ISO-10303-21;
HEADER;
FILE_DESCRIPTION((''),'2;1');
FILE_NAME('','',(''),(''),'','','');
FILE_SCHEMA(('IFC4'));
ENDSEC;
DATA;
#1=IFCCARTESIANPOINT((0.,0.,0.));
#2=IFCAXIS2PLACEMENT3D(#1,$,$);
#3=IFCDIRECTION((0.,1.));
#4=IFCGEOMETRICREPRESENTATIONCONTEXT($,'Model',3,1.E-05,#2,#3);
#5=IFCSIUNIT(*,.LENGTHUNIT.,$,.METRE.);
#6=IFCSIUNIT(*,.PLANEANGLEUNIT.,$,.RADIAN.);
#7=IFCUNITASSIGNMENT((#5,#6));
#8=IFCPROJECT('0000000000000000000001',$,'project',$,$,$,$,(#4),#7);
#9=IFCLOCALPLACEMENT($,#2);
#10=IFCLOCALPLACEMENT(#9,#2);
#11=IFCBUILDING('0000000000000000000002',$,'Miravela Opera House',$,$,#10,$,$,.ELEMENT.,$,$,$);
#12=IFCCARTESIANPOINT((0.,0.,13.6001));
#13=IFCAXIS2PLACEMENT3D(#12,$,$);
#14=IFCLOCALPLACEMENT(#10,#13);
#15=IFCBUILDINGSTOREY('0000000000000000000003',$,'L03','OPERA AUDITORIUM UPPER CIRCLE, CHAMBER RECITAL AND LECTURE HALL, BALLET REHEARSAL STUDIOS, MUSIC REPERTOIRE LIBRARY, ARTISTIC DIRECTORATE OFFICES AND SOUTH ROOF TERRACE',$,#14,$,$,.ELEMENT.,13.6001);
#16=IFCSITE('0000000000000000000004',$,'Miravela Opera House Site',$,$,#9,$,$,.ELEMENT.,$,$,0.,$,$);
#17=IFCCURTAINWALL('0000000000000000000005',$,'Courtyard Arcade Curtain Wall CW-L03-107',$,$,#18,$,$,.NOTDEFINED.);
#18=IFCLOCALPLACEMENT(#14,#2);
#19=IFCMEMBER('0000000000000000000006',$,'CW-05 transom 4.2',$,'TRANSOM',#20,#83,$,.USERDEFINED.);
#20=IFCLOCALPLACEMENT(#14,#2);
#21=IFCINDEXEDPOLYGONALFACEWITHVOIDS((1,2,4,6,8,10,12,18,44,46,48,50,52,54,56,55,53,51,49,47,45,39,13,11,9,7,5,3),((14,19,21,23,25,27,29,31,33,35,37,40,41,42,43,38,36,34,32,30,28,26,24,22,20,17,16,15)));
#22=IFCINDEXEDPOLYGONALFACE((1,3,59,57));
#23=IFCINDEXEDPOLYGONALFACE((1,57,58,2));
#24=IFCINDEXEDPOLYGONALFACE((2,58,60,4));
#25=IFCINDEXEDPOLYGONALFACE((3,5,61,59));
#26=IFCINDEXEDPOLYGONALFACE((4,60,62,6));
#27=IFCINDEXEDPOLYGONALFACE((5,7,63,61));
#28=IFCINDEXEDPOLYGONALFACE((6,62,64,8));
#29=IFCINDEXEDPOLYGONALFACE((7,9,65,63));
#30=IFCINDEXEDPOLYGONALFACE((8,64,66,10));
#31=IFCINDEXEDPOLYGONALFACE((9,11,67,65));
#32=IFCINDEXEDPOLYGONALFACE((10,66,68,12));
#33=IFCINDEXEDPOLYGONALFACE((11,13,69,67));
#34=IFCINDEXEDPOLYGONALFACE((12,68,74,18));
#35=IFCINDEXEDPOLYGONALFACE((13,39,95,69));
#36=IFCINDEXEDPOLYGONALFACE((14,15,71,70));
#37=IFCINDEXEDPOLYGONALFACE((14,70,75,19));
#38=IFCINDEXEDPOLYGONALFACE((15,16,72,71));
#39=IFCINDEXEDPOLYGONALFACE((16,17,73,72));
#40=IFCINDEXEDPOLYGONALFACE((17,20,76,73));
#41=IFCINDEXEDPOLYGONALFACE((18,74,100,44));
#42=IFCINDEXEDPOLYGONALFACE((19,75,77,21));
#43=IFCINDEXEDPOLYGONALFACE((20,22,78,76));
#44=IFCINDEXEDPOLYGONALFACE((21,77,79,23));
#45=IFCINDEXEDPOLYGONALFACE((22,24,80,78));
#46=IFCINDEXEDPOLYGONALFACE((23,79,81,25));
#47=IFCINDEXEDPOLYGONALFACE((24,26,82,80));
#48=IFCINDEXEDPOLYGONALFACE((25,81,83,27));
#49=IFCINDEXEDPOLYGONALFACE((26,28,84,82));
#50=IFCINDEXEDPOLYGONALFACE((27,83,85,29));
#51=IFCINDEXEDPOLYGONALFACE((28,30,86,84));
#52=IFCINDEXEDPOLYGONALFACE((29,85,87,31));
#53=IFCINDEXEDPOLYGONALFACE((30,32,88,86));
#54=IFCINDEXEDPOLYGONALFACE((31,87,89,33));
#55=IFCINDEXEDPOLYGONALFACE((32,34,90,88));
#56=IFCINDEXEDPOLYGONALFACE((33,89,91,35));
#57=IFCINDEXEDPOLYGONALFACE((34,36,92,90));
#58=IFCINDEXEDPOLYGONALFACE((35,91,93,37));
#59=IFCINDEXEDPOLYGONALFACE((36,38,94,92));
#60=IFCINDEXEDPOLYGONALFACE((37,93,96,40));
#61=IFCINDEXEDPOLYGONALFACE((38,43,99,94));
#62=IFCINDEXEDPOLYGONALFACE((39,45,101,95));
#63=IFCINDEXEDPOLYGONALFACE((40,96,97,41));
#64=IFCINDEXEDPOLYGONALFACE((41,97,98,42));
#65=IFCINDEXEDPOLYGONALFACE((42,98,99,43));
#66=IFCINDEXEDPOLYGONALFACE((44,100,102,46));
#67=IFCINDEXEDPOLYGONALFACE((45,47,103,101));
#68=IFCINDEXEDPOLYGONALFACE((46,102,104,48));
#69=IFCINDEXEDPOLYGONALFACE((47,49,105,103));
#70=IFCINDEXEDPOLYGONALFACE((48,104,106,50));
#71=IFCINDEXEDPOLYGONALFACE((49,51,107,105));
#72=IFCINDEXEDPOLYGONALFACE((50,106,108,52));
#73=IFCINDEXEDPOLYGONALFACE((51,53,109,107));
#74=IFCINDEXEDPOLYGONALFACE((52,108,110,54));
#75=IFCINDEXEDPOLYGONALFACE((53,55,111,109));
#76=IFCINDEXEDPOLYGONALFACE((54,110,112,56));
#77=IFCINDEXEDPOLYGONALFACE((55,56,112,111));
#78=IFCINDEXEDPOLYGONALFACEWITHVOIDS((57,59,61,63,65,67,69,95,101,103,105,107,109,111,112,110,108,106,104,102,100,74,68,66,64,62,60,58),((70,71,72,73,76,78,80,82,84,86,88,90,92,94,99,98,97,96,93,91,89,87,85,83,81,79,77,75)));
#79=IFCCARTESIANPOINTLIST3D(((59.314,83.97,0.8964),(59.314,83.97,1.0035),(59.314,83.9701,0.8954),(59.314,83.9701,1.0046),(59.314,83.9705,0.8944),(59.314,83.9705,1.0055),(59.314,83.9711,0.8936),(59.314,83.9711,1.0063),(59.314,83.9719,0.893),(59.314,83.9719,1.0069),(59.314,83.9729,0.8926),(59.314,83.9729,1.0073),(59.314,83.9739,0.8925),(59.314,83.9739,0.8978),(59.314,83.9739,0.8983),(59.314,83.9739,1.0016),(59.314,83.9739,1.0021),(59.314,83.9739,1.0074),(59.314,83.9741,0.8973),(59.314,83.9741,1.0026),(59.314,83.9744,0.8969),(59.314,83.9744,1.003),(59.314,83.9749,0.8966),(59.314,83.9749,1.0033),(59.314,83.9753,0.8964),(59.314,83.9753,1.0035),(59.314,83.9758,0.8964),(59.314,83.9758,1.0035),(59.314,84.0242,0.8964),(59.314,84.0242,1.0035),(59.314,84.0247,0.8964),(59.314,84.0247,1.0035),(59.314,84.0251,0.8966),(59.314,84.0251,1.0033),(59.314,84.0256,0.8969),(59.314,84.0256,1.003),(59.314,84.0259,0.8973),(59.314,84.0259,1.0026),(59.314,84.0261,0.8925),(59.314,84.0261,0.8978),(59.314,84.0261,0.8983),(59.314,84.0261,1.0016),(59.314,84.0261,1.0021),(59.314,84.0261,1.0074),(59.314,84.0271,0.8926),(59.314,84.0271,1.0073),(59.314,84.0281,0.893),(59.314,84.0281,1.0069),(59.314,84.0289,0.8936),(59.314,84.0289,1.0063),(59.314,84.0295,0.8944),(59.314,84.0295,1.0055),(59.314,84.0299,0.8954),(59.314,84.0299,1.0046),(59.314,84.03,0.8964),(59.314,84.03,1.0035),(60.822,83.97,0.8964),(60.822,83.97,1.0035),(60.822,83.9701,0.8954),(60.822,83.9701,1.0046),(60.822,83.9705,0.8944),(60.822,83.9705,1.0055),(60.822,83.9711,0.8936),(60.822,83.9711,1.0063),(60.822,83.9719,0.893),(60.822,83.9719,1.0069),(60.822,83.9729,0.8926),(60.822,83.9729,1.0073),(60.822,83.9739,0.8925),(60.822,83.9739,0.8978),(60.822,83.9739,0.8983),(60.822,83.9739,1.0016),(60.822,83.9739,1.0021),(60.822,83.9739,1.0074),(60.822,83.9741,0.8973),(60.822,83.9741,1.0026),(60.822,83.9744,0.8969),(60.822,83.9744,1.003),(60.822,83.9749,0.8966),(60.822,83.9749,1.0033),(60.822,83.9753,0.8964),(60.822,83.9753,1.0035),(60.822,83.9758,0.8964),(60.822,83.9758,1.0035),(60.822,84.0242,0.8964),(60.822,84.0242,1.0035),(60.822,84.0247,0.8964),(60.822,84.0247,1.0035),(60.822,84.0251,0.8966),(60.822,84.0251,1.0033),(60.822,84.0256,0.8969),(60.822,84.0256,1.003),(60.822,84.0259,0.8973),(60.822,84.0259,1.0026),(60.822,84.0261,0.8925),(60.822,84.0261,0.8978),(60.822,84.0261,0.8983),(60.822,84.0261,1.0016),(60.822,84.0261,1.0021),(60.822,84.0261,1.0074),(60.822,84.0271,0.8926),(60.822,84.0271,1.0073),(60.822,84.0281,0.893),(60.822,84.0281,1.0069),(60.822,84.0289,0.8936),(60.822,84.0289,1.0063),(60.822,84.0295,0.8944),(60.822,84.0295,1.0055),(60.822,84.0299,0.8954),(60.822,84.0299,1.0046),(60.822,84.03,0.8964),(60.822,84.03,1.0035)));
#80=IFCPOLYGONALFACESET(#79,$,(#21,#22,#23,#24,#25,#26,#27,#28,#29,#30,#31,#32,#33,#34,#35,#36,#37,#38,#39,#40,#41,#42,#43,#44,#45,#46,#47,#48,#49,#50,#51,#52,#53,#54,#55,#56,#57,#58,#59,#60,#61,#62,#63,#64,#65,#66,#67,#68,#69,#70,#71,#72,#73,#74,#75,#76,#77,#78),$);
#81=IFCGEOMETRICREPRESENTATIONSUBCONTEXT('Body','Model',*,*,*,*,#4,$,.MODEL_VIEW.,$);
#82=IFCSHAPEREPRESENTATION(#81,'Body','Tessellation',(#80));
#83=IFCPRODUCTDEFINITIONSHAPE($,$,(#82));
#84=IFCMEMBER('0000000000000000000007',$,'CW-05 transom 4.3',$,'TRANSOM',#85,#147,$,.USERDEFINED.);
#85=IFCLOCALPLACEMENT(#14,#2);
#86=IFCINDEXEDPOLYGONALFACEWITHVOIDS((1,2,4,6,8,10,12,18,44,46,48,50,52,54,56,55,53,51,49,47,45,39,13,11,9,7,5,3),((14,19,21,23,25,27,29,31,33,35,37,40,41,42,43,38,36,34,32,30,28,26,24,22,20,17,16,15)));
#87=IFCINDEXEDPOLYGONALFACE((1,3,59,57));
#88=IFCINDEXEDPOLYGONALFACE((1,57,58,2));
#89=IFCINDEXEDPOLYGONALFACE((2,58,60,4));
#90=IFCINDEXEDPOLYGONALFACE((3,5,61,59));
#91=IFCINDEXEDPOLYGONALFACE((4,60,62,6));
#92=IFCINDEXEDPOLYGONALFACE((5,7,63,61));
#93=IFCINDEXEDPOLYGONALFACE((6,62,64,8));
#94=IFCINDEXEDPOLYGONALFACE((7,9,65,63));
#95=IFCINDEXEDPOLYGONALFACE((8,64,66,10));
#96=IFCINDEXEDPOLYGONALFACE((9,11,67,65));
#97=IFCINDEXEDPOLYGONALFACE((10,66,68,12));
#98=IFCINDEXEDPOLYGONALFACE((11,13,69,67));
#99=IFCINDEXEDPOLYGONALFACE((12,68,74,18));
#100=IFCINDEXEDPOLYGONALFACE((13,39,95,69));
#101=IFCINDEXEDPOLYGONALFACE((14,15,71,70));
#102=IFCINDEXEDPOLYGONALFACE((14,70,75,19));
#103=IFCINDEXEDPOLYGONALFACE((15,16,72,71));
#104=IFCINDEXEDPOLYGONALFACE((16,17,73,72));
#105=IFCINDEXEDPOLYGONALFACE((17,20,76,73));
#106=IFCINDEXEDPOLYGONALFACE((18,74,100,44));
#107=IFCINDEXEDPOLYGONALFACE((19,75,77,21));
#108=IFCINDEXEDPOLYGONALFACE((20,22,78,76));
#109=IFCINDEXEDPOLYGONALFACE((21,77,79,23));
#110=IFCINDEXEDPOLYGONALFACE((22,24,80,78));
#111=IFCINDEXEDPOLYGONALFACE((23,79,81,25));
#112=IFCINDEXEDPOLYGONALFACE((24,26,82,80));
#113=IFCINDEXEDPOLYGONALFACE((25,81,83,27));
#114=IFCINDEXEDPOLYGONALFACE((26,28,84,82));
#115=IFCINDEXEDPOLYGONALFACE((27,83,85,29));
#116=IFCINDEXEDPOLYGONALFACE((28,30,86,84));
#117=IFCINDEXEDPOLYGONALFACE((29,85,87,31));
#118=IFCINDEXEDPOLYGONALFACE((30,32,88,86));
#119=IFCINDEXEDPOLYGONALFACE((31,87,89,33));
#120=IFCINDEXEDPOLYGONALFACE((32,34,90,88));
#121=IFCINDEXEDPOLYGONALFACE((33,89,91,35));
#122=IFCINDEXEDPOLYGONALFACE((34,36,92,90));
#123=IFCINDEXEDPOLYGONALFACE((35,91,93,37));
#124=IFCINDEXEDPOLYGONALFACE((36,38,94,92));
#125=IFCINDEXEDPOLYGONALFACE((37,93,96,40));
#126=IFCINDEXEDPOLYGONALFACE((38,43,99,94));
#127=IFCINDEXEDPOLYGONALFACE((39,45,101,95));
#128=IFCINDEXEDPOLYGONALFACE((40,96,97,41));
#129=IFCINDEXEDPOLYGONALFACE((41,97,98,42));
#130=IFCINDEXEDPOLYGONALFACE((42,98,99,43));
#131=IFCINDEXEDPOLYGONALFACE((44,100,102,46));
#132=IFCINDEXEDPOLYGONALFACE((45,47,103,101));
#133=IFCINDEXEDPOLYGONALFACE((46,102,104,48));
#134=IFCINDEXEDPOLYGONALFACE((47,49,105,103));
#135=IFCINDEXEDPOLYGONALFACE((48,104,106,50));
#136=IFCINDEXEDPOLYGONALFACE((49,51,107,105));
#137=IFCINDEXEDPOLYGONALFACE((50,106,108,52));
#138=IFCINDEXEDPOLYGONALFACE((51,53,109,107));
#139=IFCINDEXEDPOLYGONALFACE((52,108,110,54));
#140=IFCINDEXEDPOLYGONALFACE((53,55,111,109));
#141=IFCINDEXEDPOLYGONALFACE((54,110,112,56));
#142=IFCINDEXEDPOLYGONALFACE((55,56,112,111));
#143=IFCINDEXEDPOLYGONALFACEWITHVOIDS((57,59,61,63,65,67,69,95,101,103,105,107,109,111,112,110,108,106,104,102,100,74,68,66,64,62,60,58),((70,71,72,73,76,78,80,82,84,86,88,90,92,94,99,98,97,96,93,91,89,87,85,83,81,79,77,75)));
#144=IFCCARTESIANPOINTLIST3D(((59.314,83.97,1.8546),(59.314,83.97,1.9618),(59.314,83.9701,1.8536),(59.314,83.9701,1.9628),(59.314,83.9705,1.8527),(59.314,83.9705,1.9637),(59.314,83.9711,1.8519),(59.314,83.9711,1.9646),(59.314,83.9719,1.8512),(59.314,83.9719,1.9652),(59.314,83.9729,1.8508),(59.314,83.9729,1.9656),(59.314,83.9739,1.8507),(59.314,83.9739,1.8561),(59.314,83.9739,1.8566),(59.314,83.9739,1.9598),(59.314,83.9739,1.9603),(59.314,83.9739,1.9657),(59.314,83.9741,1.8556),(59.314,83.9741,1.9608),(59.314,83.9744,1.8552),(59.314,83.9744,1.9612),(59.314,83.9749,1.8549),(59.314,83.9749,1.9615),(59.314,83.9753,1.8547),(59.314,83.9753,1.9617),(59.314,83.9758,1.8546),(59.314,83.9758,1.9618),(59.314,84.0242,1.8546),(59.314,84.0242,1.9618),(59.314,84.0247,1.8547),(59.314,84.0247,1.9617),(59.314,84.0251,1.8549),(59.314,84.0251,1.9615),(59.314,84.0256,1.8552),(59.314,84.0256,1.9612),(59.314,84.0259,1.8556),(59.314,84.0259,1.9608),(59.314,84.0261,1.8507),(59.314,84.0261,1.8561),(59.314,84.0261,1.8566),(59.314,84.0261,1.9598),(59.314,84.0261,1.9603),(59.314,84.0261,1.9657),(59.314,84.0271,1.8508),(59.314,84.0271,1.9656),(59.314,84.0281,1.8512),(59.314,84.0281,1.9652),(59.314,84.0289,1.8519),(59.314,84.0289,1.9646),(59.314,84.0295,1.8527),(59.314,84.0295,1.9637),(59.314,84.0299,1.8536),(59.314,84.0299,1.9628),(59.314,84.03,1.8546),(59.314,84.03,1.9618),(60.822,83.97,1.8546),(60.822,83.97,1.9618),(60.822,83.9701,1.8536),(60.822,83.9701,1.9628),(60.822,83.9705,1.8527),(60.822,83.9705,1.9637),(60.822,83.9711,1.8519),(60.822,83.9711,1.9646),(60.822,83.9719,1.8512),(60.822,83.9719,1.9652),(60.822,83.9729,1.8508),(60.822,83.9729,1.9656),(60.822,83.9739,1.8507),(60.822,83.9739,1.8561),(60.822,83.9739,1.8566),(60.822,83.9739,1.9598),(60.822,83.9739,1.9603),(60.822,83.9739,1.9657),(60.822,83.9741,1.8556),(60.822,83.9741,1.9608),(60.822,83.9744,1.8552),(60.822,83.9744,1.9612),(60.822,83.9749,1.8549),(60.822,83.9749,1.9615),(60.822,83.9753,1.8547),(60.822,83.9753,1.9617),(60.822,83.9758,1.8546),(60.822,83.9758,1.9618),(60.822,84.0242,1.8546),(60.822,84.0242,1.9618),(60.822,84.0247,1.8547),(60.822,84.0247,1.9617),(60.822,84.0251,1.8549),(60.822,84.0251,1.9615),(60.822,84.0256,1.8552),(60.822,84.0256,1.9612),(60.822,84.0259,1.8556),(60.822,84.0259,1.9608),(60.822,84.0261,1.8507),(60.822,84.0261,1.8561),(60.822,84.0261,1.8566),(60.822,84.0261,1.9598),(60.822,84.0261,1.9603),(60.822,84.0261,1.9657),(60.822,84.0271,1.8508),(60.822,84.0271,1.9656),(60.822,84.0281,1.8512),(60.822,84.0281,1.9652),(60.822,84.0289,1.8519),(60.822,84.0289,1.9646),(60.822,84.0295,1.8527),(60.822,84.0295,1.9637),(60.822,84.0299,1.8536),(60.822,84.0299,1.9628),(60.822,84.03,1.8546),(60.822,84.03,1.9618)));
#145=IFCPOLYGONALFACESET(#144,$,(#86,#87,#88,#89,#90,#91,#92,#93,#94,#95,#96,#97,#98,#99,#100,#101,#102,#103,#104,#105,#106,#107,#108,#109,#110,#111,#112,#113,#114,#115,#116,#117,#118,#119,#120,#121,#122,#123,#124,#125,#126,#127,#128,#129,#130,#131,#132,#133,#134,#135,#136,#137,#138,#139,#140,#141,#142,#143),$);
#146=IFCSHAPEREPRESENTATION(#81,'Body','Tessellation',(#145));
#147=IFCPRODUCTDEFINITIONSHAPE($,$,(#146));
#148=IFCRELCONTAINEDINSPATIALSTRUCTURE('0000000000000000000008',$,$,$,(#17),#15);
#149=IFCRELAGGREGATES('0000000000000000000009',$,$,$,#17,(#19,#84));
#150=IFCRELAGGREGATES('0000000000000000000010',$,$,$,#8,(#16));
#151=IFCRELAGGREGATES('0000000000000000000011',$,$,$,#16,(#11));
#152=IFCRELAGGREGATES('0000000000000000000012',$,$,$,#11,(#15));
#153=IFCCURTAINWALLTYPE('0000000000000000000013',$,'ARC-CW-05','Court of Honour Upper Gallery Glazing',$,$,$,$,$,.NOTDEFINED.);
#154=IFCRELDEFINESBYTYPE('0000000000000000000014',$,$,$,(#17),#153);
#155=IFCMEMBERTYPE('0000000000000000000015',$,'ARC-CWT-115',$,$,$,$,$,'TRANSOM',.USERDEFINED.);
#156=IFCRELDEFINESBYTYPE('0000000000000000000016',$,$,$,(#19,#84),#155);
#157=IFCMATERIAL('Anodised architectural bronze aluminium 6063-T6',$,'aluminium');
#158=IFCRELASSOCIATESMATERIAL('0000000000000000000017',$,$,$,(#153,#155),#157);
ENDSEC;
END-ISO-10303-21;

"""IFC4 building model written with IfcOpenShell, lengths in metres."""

from ifc_helpers import new_model, si_unit, direction, frame, origin, origin_2d, place, context, subcontext, project, spatial, hollow_rectangle, extrude, material, material_profile, profile_set, type_object, element, aggregate, save


model = new_model("IFC4")

# Units and contexts
model_context = context("Model", 3, precision=1e-05, world=origin(), true_north=direction((0.0, 1.0)))
body_context = subcontext(model_context, "Body", "Model", "MODEL_VIEW")
ifc_project = project(units=[si_unit("LENGTHUNIT", "METRE"), si_unit("PLANEANGLEUNIT", "RADIAN")], contexts=[model_context])

# Site, building, storey
site_placement = place(None, origin())
site = spatial("IfcSite", under=ifc_project, at=site_placement, Name="Miravela Opera House Site", CompositionType="ELEMENT", RefElevation=0.0)
building_placement = place(site_placement, origin())
building = spatial("IfcBuilding", under=site, at=building_placement, Name="Miravela Opera House", CompositionType="ELEMENT")
storey_placement = place(building_placement, frame((0.0, 0.0, 13.6001)))
storey = spatial("IfcBuildingStorey", under=building, at=storey_placement, Name="L03", Description="OPERA AUDITORIUM UPPER CIRCLE, CHAMBER RECITAL AND LECTURE HALL, BALLET REHEARSAL STUDIOS, MUSIC REPERTOIRE LIBRARY, ARTISTIC DIRECTORATE OFFICES AND SOUTH ROOF TERRACE", CompositionType="ELEMENT", Elevation=13.6001)

# Curtain wall
ifc_material_1 = material(Name="Anodised architectural bronze aluminium 6063-T6", Category="aluminium")
curtain_wall_type = type_object("IfcCurtainWallType", Name="ARC-CW-05", Description="Court of Honour Upper Gallery Glazing", PredefinedType="NOTDEFINED", material=ifc_material_1)
curtain_wall_1_placement = place(storey_placement, origin())
curtain_wall_1 = element("IfcCurtainWall", 1, at=curtain_wall_1_placement, inside=storey, type_object=curtain_wall_type, Name="Courtyard Arcade Curtain Wall CW-L03-107", PredefinedType="NOTDEFINED")

# Members
ifc_material_profile_1 = material_profile(ifc_material_1, hollow_rectangle(XDim=0.0601, YDim=0.115, WallThickness=0.0039, InnerFilletRadius=0.002, OuterFilletRadius=0.0039, at=origin_2d()), Name="CWT-60X115")
ifc_profile_set_1 = profile_set([ifc_material_profile_1])
member_type_1 = type_object("IfcMemberType", Name="ARC-CWT-115", ElementType="TRANSOM", PredefinedType="USERDEFINED", material=ifc_profile_set_1)
member_1_placement = place(storey_placement, frame((59.314, 84.0, 0.95), z_axis=(1.0, 0.0, 0.0), x_axis=(0.0, 1.0, 0.0)))
member_1 = element("IfcMember", 2, at=member_1_placement, type_object=member_type_1, Name="CW-05 transom 4.2", ObjectType="TRANSOM", PredefinedType="USERDEFINED", context=body_context, shape_type="SweptSolid", body=[
    extrude(hollow_rectangle(XDim=0.0601, YDim=0.115, WallThickness=0.0039, InnerFilletRadius=0.002, OuterFilletRadius=0.0039, at=origin_2d()), origin(), (0.0, 0.0, 1.0), 1.5081),
])
member_2_placement = place(storey_placement, frame((59.314, 84.0, 1.9082), z_axis=(1.0, 0.0, 0.0), x_axis=(0.0, 1.0, 0.0)))
member_2 = element("IfcMember", 3, at=member_2_placement, type_object=member_type_1, Name="CW-05 transom 4.3", ObjectType="TRANSOM", PredefinedType="USERDEFINED", context=body_context, shape_type="SweptSolid", body=[
    extrude(hollow_rectangle(XDim=0.0601, YDim=0.115, WallThickness=0.0039, InnerFilletRadius=0.002, OuterFilletRadius=0.0039, at=origin_2d()), origin(), (0.0, 0.0, 1.0), 1.5081),
])

aggregate(curtain_wall_1, [member_1, member_2])

save(model, "model.ifc")
